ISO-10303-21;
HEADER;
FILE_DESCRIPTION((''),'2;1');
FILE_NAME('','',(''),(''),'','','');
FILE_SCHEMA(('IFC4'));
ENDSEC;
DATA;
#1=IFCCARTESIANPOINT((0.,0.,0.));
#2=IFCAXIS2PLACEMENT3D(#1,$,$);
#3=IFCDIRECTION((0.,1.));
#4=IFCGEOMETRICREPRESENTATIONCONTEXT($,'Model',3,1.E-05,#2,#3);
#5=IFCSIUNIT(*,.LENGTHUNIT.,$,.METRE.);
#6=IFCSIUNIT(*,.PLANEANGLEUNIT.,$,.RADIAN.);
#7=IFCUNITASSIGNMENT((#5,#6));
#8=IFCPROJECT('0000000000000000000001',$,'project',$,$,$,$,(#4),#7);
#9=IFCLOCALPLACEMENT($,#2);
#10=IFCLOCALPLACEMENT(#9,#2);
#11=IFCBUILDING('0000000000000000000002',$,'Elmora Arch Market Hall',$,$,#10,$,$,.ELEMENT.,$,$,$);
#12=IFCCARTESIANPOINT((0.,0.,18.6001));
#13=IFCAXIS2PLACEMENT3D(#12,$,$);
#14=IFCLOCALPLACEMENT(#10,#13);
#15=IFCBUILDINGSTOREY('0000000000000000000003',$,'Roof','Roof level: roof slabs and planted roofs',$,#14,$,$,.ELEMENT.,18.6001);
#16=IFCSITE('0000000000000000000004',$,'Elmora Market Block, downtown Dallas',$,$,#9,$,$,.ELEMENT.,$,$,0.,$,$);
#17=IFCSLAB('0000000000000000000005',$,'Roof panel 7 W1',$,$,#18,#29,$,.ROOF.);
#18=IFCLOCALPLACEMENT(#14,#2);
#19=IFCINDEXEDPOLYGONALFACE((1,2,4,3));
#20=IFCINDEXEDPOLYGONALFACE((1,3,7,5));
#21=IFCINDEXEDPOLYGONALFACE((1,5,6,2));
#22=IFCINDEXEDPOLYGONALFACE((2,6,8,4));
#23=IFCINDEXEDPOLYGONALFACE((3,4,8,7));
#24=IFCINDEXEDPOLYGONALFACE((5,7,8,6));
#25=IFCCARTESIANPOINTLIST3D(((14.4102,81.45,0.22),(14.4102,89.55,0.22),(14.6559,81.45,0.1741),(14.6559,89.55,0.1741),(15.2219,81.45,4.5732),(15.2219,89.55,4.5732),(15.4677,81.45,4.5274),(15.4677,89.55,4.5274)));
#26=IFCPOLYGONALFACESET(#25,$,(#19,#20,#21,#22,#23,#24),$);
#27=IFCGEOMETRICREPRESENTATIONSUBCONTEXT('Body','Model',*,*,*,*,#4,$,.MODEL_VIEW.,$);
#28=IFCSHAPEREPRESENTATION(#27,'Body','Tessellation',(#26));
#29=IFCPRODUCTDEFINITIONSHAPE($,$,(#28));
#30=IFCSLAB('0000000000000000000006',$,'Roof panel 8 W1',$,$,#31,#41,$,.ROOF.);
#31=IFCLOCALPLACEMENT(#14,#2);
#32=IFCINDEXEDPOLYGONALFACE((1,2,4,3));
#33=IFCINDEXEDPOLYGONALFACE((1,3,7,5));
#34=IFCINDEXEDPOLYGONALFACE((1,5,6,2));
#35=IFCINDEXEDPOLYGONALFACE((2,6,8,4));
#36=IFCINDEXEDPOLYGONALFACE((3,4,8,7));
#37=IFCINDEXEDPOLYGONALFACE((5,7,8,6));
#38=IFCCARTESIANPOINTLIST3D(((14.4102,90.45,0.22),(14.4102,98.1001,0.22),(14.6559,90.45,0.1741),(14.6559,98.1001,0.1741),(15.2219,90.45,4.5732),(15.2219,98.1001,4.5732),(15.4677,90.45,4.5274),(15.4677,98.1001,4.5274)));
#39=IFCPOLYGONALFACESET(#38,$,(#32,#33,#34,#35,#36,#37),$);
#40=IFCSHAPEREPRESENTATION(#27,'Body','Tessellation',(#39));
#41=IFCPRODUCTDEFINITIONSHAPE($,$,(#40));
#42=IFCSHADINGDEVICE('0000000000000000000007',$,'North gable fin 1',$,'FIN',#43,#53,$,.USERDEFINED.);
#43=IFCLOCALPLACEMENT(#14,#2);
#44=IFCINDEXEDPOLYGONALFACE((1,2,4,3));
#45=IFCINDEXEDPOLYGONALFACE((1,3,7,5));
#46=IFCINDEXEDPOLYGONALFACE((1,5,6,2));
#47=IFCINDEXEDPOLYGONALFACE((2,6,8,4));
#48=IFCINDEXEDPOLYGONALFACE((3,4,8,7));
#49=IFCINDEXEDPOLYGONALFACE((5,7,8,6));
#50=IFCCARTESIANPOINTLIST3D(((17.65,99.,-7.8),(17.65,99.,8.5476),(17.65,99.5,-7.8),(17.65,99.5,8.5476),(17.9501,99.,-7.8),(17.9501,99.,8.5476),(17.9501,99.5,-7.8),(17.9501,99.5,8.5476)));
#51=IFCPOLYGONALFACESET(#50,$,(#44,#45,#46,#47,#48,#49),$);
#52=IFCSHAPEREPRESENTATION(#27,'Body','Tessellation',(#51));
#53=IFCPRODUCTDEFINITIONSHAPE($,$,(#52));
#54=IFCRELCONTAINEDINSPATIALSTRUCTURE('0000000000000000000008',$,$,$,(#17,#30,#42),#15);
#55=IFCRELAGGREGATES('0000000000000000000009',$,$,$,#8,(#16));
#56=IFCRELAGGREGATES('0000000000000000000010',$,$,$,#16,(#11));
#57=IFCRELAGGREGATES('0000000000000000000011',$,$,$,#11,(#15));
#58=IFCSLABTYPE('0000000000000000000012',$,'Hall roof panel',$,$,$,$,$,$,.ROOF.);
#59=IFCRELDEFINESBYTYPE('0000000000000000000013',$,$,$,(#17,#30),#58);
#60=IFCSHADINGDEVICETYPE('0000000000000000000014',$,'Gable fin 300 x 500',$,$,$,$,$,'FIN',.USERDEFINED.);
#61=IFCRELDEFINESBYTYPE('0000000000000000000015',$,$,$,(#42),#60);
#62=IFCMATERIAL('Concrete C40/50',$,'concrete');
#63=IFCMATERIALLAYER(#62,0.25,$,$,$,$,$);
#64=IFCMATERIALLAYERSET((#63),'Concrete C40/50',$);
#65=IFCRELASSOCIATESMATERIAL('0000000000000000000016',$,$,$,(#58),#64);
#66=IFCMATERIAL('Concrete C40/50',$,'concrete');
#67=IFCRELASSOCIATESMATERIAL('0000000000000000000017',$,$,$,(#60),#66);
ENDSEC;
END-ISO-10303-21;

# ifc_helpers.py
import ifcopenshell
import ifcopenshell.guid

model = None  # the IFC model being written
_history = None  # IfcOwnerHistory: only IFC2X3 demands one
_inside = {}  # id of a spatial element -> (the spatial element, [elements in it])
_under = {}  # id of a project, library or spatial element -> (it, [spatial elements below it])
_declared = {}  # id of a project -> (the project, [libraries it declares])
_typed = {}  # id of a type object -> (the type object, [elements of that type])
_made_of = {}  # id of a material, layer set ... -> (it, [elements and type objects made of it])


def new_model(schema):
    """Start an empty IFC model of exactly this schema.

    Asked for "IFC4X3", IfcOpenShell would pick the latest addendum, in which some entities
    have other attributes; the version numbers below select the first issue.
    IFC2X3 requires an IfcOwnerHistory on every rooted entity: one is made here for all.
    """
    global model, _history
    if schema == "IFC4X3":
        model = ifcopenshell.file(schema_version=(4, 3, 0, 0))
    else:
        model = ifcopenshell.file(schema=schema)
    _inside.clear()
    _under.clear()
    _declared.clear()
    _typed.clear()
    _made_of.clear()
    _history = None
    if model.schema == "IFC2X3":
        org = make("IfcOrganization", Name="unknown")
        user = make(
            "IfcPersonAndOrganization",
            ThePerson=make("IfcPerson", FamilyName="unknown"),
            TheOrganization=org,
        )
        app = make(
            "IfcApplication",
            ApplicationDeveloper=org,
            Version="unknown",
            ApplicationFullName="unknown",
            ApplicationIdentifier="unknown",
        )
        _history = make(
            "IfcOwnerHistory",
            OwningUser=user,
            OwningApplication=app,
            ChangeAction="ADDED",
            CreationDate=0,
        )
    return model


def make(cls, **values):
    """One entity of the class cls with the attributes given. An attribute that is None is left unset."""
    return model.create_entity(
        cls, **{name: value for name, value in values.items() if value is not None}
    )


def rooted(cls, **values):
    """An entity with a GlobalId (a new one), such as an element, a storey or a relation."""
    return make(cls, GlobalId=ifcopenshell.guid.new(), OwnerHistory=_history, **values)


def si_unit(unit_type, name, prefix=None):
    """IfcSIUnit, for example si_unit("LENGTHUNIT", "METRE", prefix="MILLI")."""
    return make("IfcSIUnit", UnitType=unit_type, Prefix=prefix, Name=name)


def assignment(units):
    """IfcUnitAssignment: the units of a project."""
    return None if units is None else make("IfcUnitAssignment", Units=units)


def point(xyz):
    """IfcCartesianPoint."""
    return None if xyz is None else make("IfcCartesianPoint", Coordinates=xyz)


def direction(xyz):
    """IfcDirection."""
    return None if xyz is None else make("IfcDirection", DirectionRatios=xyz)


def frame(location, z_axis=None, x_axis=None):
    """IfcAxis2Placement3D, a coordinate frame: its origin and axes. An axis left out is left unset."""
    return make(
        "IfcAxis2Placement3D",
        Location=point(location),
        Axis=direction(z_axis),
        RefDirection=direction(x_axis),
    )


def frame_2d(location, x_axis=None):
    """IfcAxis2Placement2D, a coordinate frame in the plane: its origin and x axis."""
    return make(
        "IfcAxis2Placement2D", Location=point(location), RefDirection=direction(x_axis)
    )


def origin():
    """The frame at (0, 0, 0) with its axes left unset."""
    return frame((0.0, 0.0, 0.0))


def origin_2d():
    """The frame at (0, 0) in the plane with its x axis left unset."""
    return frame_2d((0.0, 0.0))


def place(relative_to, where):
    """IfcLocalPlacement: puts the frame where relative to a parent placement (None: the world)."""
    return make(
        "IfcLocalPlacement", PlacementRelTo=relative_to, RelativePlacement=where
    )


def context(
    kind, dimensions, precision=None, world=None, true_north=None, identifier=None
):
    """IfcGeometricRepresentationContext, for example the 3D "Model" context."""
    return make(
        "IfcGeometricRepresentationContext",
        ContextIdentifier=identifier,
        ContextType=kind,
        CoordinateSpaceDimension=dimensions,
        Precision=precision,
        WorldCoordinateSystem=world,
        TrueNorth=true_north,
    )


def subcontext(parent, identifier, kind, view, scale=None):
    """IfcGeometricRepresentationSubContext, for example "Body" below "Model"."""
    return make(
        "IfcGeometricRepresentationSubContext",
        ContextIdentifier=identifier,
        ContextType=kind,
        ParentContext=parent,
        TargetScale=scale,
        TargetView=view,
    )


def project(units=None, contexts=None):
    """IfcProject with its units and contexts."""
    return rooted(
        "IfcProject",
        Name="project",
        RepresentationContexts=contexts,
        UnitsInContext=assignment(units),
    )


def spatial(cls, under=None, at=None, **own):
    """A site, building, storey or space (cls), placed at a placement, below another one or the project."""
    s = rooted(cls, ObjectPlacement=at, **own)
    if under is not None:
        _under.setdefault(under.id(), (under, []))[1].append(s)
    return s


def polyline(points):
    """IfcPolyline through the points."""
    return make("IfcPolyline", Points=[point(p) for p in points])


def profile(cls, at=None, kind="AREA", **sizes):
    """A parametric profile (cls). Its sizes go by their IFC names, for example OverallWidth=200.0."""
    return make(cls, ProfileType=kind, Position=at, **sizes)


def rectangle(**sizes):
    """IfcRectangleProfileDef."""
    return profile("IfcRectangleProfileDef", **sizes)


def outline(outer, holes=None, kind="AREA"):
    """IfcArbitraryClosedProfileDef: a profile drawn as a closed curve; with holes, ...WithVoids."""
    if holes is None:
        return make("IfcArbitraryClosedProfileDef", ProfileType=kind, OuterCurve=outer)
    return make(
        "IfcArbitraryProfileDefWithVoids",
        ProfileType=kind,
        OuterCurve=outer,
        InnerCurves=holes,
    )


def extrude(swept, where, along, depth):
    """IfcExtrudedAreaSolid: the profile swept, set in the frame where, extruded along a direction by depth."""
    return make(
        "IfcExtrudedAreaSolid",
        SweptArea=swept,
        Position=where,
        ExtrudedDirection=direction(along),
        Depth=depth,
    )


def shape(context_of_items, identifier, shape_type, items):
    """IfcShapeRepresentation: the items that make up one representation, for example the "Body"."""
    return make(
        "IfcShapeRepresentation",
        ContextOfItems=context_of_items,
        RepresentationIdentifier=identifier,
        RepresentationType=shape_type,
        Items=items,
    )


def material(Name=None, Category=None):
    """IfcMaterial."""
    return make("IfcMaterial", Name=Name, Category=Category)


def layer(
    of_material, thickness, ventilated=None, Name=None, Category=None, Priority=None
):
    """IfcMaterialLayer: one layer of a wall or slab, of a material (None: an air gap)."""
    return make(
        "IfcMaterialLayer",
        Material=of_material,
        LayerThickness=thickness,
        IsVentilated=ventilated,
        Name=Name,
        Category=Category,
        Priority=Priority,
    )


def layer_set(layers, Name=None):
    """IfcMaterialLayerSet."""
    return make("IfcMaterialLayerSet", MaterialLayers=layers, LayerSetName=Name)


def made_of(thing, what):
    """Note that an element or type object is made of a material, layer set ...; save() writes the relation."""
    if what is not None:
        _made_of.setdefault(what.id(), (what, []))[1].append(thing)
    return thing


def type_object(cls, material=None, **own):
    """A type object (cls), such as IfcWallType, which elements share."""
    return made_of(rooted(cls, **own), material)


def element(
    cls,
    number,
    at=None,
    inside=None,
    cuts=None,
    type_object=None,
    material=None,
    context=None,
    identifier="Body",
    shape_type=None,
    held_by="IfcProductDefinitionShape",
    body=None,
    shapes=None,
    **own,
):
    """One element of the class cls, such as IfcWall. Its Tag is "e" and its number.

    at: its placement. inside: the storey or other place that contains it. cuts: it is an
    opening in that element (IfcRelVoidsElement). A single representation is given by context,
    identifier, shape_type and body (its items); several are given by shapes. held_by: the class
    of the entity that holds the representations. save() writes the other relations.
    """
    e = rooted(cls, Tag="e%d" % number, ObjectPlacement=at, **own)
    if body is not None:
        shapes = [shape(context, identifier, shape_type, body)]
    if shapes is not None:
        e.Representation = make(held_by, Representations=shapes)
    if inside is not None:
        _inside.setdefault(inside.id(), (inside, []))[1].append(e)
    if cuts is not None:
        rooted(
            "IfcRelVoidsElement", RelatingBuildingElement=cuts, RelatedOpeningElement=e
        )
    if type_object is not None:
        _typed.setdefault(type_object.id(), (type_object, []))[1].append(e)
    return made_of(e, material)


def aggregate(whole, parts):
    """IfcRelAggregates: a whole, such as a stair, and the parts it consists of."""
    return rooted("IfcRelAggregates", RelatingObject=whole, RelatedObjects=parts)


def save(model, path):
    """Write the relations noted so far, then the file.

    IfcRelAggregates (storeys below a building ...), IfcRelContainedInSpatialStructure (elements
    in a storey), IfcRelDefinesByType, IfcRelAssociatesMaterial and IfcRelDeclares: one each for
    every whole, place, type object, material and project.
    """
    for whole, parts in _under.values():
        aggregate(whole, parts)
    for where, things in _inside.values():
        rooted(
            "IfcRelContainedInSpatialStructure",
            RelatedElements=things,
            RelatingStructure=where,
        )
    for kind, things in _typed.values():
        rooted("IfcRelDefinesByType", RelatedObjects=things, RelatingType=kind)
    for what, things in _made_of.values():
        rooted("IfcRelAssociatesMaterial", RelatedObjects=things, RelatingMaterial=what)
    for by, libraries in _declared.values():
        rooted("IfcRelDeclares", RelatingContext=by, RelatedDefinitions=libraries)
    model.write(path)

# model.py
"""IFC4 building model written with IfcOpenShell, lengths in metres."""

from ifc_helpers import new_model, si_unit, direction, frame, origin, origin_2d, place, context, subcontext, project, spatial, polyline, rectangle, outline, extrude, material, layer, layer_set, type_object, element, save


model = new_model("IFC4")

# Units and contexts
model_context = context("Model", 3, precision=1e-05, world=origin(), true_north=direction((0.0, 1.0)))
body_context = subcontext(model_context, "Body", "Model", "MODEL_VIEW")
ifc_project = project(units=[si_unit("LENGTHUNIT", "METRE"), si_unit("PLANEANGLEUNIT", "RADIAN")], contexts=[model_context])

# Site, building, storey
site_placement = place(None, origin())
site = spatial("IfcSite", under=ifc_project, at=site_placement, Name="Elmora Market Block, downtown Dallas", CompositionType="ELEMENT", RefElevation=0.0)
building_placement = place(site_placement, origin())
building = spatial("IfcBuilding", under=site, at=building_placement, Name="Elmora Arch Market Hall", CompositionType="ELEMENT")
storey_placement = place(building_placement, frame((0.0, 0.0, 18.6001)))
storey = spatial("IfcBuildingStorey", under=building, at=storey_placement, Name="Roof", Description="Roof level: roof slabs and planted roofs", CompositionType="ELEMENT", Elevation=18.6001)

# Slabs
ifc_material_1 = material(Name="Concrete C40/50", Category="concrete")
ifc_layer_1 = layer(ifc_material_1, 0.25)
ifc_layer_set_1 = layer_set([ifc_layer_1], Name="Concrete C40/50")
slab_type = type_object("IfcSlabType", Name="Hall roof panel", PredefinedType="ROOF", material=ifc_layer_set_1)
slab_1_placement = place(storey_placement, frame((14.4102, 81.45, 0.22), z_axis=(-0.983055, 0.0, 0.183313), x_axis=(0.0, 1.0, 0.0)))
element("IfcSlab", 1, at=slab_1_placement, inside=storey, type_object=slab_type, Name="Roof panel 7 W1", PredefinedType="ROOF", context=body_context, shape_type="SweptSolid", body=[
    extrude(outline(polyline([(0.0, 0.0), (8.1001, 0.0), (8.1001, -4.4283), (0.0, -4.4283), (0.0, 0.0)])), origin(), (0.0, 0.0, -1.0), 0.25),
])
slab_2_placement = place(storey_placement, frame((14.4102, 90.45, 0.22), z_axis=(-0.983055, 0.0, 0.183313), x_axis=(0.0, 1.0, 0.0)))
element("IfcSlab", 2, at=slab_2_placement, inside=storey, type_object=slab_type, Name="Roof panel 8 W1", PredefinedType="ROOF", context=body_context, shape_type="SweptSolid", body=[
    extrude(outline(polyline([(0.0, 0.0), (7.6501, 0.0), (7.6501, -4.4283), (0.0, -4.4283), (0.0, 0.0)])), origin(), (0.0, 0.0, -1.0), 0.25),
])

# Shading device
ifc_material_2 = material(Name="Concrete C40/50", Category="concrete")
shading_device_type = type_object("IfcShadingDeviceType", Name="Gable fin 300 x 500", ElementType="FIN", PredefinedType="USERDEFINED", material=ifc_material_2)
shading_device_placement = place(storey_placement, frame((17.8, 99.25, -7.8), z_axis=(0.0, 0.0, 1.0), x_axis=(1.0, 0.0, 0.0)))
element("IfcShadingDevice", 3, at=shading_device_placement, inside=storey, type_object=shading_device_type, Name="North gable fin 1", ObjectType="FIN", PredefinedType="USERDEFINED", context=body_context, shape_type="SweptSolid", body=[
    extrude(rectangle(XDim=0.3, YDim=0.5, at=origin_2d()), origin(), (0.0, 0.0, 1.0), 16.3477),
])

save(model, "model.ifc")
